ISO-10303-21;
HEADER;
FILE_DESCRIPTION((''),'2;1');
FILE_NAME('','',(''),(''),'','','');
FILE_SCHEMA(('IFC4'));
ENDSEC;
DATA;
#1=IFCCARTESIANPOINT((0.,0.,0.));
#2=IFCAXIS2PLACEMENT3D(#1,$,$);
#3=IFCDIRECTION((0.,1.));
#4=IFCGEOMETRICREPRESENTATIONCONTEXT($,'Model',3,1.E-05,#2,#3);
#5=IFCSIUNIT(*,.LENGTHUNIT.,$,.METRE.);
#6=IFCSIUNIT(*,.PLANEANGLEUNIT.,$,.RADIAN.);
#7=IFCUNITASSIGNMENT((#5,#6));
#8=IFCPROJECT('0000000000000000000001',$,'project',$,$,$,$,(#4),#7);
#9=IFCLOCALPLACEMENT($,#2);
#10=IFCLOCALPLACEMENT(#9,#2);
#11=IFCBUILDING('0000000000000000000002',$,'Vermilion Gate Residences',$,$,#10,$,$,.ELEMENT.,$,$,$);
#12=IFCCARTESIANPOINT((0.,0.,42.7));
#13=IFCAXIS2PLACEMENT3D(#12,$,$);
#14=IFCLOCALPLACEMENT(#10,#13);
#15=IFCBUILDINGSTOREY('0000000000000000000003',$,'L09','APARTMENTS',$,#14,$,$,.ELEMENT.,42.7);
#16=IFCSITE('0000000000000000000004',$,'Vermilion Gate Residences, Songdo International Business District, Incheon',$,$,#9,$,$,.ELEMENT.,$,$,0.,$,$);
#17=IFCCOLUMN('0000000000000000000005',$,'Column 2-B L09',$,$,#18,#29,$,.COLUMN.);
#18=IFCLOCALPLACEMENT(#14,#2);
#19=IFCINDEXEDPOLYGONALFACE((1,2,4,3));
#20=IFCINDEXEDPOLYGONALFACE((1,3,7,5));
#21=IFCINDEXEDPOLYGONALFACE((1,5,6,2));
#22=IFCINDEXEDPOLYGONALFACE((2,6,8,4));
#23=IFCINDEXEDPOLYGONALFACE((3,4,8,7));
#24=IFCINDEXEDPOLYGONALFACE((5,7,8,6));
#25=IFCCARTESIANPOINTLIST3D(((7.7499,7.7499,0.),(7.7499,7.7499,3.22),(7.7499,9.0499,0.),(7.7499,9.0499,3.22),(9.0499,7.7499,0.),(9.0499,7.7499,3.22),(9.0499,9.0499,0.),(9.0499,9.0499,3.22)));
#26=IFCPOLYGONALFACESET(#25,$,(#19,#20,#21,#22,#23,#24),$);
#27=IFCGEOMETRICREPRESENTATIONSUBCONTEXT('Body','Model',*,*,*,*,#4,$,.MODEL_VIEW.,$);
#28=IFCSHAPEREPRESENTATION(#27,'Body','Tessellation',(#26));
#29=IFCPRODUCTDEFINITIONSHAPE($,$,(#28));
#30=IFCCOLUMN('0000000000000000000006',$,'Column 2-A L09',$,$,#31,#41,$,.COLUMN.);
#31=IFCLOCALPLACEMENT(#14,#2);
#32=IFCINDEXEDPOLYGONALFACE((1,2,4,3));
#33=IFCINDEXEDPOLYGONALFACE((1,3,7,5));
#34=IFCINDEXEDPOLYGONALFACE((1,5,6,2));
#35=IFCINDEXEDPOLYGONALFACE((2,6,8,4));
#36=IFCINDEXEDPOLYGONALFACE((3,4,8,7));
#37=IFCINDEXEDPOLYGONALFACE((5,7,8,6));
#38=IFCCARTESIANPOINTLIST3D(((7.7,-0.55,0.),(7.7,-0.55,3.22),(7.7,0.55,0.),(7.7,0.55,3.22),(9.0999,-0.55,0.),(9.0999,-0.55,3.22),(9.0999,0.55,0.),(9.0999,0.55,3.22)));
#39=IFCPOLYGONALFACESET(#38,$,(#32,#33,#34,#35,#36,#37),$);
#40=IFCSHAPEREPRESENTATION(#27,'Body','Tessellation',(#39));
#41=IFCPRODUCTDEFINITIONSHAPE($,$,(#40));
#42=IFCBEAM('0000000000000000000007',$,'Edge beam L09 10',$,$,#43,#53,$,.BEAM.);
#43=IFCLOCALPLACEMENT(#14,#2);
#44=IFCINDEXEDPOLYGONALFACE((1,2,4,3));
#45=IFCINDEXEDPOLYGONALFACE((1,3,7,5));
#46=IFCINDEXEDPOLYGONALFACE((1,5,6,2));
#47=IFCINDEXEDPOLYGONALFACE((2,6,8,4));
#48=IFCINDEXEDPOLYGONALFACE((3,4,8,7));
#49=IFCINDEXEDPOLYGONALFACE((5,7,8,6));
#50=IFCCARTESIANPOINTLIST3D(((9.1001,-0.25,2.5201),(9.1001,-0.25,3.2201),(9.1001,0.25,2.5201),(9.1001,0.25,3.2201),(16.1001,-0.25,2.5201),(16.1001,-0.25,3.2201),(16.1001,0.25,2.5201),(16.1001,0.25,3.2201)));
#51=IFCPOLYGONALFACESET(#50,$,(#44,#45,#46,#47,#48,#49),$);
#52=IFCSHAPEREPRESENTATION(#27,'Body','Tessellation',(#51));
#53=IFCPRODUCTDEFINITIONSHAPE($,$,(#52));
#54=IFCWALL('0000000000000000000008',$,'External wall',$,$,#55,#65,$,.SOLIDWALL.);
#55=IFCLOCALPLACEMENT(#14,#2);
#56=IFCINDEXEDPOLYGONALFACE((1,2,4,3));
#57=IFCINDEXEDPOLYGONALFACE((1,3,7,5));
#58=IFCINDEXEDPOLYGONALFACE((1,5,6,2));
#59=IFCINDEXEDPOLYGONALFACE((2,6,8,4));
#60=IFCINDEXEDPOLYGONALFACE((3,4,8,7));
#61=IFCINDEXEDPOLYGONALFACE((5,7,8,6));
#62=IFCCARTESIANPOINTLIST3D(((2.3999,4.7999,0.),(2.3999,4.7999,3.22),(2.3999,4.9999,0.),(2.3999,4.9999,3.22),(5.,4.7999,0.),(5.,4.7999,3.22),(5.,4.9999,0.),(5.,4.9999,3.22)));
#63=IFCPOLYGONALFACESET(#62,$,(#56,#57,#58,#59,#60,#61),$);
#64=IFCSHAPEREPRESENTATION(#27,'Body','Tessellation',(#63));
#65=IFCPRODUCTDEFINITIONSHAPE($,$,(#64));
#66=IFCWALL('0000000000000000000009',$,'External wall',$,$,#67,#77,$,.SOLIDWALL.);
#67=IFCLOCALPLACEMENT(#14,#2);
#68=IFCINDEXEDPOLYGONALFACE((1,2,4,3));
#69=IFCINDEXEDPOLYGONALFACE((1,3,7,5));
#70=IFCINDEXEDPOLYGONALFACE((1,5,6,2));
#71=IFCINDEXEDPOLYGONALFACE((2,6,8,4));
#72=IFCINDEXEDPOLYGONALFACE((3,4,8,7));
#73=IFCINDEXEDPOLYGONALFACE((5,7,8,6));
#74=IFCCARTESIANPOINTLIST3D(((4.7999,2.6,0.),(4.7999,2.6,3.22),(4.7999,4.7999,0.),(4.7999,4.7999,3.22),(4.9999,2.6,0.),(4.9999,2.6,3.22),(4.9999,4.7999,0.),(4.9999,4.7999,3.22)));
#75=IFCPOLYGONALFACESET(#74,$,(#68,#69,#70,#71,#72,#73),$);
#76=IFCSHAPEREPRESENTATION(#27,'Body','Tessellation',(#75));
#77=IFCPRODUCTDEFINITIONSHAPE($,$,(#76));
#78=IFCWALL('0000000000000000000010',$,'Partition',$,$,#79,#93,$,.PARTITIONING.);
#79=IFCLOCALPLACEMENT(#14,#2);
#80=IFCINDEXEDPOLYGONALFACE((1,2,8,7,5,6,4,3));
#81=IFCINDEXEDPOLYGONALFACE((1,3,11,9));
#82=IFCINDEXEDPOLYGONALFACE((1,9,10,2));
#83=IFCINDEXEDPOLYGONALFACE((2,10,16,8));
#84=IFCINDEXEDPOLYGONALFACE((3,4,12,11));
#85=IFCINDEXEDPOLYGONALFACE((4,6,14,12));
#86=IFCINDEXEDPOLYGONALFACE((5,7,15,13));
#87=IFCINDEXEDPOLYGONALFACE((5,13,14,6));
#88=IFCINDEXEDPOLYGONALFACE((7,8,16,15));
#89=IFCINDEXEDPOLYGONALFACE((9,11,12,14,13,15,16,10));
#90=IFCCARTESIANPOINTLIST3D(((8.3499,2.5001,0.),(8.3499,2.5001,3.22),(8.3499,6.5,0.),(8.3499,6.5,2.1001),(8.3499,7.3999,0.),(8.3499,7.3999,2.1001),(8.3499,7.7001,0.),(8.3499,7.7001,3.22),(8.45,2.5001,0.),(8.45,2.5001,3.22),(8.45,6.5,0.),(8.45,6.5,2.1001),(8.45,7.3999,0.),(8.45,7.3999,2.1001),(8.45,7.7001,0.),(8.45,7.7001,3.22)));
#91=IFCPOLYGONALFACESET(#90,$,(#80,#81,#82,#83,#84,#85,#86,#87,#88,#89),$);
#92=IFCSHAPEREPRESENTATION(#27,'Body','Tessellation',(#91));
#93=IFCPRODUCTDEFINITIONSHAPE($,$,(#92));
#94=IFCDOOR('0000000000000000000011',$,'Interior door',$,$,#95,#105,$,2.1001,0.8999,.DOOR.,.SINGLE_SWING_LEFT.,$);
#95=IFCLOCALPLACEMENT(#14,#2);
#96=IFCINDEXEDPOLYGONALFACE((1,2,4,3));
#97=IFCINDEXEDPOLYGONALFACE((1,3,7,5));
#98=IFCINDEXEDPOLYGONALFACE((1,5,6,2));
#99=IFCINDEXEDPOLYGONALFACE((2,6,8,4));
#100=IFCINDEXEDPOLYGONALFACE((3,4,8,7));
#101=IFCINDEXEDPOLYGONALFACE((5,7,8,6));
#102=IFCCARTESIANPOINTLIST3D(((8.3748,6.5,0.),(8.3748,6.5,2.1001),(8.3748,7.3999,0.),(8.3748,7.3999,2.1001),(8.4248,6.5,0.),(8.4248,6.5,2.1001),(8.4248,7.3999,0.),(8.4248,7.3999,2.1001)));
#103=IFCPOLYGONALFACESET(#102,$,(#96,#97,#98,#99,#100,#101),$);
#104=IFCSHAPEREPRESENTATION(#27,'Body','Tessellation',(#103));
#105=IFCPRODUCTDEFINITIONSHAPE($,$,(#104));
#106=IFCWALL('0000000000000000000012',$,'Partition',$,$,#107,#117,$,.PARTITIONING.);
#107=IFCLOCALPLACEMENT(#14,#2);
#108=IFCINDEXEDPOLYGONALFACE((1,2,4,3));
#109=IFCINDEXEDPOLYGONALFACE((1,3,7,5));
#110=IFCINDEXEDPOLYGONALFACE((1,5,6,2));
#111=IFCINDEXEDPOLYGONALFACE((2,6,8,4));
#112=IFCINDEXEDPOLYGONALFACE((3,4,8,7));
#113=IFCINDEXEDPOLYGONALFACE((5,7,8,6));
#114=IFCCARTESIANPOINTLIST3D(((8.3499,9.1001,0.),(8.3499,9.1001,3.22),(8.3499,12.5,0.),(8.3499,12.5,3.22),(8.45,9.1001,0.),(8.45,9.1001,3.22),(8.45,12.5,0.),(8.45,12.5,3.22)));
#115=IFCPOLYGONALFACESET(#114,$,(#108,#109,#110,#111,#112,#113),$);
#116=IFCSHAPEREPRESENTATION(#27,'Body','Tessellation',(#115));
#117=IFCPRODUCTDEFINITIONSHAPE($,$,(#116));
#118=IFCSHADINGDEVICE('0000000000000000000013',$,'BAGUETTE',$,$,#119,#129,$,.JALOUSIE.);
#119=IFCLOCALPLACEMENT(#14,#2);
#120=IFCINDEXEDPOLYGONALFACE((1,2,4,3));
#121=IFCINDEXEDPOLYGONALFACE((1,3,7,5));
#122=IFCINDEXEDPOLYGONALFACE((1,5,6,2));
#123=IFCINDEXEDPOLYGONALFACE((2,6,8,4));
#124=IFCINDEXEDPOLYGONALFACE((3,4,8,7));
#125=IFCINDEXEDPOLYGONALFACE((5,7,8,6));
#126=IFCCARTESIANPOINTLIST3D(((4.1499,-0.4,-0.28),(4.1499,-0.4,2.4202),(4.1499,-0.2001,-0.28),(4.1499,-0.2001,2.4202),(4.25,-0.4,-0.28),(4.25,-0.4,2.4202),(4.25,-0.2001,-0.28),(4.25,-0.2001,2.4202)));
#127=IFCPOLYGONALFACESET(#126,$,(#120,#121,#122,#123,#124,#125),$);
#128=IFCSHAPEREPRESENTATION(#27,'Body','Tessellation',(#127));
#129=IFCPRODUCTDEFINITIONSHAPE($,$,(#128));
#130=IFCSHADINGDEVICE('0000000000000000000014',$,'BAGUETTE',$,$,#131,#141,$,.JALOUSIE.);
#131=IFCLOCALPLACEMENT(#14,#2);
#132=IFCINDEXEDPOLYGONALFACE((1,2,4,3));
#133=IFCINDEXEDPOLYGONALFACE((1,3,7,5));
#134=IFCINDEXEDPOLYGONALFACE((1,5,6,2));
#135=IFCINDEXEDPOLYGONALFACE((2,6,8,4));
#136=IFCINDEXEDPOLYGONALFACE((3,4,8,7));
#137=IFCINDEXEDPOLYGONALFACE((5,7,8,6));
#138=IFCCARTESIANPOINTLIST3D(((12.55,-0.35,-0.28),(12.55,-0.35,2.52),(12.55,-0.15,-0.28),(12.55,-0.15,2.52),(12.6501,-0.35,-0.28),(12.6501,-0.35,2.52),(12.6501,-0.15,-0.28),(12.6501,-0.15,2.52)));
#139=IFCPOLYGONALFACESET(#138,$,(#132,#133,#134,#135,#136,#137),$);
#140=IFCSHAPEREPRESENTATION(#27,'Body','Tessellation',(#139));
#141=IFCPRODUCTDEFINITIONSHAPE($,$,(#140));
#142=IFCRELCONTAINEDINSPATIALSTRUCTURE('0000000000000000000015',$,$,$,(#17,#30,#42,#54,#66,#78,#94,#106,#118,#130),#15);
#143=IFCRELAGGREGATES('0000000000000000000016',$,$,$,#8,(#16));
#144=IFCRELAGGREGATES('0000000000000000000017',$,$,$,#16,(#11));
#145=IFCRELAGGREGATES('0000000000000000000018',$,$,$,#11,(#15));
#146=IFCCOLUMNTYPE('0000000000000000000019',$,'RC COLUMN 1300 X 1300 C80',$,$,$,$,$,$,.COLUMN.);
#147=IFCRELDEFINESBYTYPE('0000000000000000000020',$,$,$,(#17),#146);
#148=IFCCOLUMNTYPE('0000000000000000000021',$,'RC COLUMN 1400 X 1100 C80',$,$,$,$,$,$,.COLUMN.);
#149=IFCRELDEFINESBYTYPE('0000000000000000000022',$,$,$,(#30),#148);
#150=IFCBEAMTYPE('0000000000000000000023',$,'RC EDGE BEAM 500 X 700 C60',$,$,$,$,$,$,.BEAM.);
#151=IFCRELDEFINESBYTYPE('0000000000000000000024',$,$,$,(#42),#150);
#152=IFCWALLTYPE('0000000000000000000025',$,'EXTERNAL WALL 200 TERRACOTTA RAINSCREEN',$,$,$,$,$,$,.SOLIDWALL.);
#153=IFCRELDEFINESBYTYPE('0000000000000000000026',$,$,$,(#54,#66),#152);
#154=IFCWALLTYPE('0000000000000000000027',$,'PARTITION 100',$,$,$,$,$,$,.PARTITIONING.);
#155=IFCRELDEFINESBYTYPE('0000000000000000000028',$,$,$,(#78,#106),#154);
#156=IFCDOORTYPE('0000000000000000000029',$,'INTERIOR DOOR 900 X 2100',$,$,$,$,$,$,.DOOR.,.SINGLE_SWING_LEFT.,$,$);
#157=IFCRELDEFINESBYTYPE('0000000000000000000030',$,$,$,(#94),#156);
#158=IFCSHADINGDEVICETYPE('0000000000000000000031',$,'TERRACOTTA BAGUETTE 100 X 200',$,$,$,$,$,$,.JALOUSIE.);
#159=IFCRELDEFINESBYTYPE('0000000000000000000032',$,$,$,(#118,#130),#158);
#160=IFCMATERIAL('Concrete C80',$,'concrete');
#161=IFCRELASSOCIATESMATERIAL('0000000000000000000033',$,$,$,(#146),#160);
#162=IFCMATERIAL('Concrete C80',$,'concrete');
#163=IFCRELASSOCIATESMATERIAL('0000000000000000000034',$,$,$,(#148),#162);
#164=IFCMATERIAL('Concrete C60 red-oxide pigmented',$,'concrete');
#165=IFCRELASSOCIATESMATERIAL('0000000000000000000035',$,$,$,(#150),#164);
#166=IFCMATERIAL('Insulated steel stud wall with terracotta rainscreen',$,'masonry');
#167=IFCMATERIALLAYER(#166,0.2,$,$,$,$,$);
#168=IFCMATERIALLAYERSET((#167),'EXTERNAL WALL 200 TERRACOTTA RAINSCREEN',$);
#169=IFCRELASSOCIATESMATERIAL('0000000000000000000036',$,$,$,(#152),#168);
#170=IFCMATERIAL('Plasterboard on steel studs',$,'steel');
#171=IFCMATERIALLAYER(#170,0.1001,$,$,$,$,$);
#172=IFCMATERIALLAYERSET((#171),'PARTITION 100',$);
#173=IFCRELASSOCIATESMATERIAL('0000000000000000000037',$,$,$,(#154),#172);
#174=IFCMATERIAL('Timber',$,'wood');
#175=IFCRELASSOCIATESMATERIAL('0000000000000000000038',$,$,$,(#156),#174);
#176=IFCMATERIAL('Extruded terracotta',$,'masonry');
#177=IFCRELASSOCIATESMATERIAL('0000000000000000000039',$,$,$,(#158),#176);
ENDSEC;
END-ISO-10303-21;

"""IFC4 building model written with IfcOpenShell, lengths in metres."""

from ifc_helpers import new_model, si_unit, direction, frame, frame_2d, origin, origin_2d, place, context, subcontext, project, spatial, rectangle, extrude, material, layer, layer_set, material_profile, profile_set, type_object, element, fill, save


model = new_model("IFC4")

# Units and contexts
model_context = context("Model", 3, precision=1e-05, world=origin(), true_north=direction((0.0, 1.0)))
body_context = subcontext(model_context, "Body", "Model", "MODEL_VIEW")
ifc_project = project(units=[si_unit("LENGTHUNIT", "METRE"), si_unit("PLANEANGLEUNIT", "RADIAN")], contexts=[model_context])

# Site, building, storey
site_placement = place(None, origin())
site = spatial("IfcSite", under=ifc_project, at=site_placement, Name="Vermilion Gate Residences, Songdo International Business District, Incheon", CompositionType="ELEMENT", RefElevation=0.0)
building_placement = place(site_placement, origin())
building = spatial("IfcBuilding", under=site, at=building_placement, Name="Vermilion Gate Residences", CompositionType="ELEMENT")
storey_placement = place(building_placement, frame((0.0, 0.0, 42.7)))
storey = spatial("IfcBuildingStorey", under=building, at=storey_placement, Name="L09", Description="APARTMENTS", CompositionType="ELEMENT", Elevation=42.7)

# Columns
ifc_material_1 = material(Name="Concrete C80", Category="concrete")
ifc_material_profile_1 = material_profile(ifc_material_1, rectangle(XDim=1.3, YDim=1.3, at=origin_2d()), Name="RC-1300x1300")
ifc_profile_set_1 = profile_set([ifc_material_profile_1], Name="Concrete C80")
column_type_1 = type_object("IfcColumnType", Name="RC COLUMN 1300 X 1300 C80", PredefinedType="COLUMN", material=ifc_profile_set_1)
column_1_placement = place(storey_placement, frame((8.3999, 8.3999, 0.0), z_axis=(0.0, 0.0, 1.0), x_axis=(1.0, 0.0, 0.0)))
element("IfcColumn", 1, at=column_1_placement, inside=storey, type_object=column_type_1, Name="Column 2-B L09", PredefinedType="COLUMN", context=body_context, shape_type="SweptSolid", body=[
    extrude(rectangle(XDim=1.3, YDim=1.3, at=origin_2d()), origin(), (0.0, 0.0, 1.0), 3.22),
])
ifc_material_2 = material(Name="Concrete C80", Category="concrete")
ifc_material_profile_2 = material_profile(ifc_material_2, rectangle(XDim=1.3999, YDim=1.1001, at=origin_2d()), Name="RC-1400x1100")
ifc_profile_set_2 = profile_set([ifc_material_profile_2], Name="Concrete C80")
column_type_2 = type_object("IfcColumnType", Name="RC COLUMN 1400 X 1100 C80", PredefinedType="COLUMN", material=ifc_profile_set_2)
column_2_placement = place(storey_placement, frame((8.3999, 0.0, 0.0), z_axis=(0.0, 0.0, 1.0), x_axis=(1.0, 0.0, 0.0)))
element("IfcColumn", 2, at=column_2_placement, inside=storey, type_object=column_type_2, Name="Column 2-A L09", PredefinedType="COLUMN", context=body_context, shape_type="SweptSolid", body=[
    extrude(rectangle(XDim=1.3999, YDim=1.1001, at=origin_2d()), origin(), (0.0, 0.0, 1.0), 3.22),
])

# Beam
ifc_material_3 = material(Name="Concrete C60 red-oxide pigmented", Category="concrete")
ifc_material_profile_3 = material_profile(ifc_material_3, rectangle(XDim=0.5, YDim=0.7, at=origin_2d()), Name="RC-500x700")
ifc_profile_set_3 = profile_set([ifc_material_profile_3], Name="Concrete C60 red-oxide pigmented")
beam_type = type_object("IfcBeamType", Name="RC EDGE BEAM 500 X 700 C60", PredefinedType="BEAM", material=ifc_profile_set_3)
beam_placement = place(storey_placement, frame((9.1001, 0.0, 2.8701), z_axis=(1.0, 0.0, 0.0), x_axis=(0.0, 1.0, 0.0)))
element("IfcBeam", 3, at=beam_placement, inside=storey, type_object=beam_type, Name="Edge beam L09 10", PredefinedType="BEAM", context=body_context, shape_type="SweptSolid", body=[
    extrude(rectangle(XDim=0.5, YDim=0.7, at=origin_2d()), origin(), (0.0, 0.0, 1.0), 7.0),
])

# Walls
ifc_material_4 = material(Name="Insulated steel stud wall with terracotta rainscreen", Category="masonry")
ifc_layer_1 = layer(ifc_material_4, 0.2)
ifc_layer_set_1 = layer_set([ifc_layer_1], Name="EXTERNAL WALL 200 TERRACOTTA RAINSCREEN")
wall_type_1 = type_object("IfcWallType", Name="EXTERNAL WALL 200 TERRACOTTA RAINSCREEN", PredefinedType="SOLIDWALL", material=ifc_layer_set_1)
wall_1_placement = place(storey_placement, frame((2.3999, 4.8999, 0.0), z_axis=(0.0, 0.0, 1.0), x_axis=(1.0, 0.0, 0.0)))
element("IfcWall", 4, at=wall_1_placement, inside=storey, type_object=wall_type_1, Name="External wall", PredefinedType="SOLIDWALL", context=body_context, shape_type="SweptSolid", body=[
    extrude(rectangle(XDim=2.6001, YDim=0.2, at=frame_2d((1.3, 0.0))), origin(), (0.0, 0.0, 1.0), 3.22),
])
wall_2_placement = place(storey_placement, frame((4.8999, 4.8, 0.0), z_axis=(0.0, 0.0, 1.0), x_axis=(0.0, -1.0, 0.0)))
element("IfcWall", 5, at=wall_2_placement, inside=storey, type_object=wall_type_1, Name="External wall", PredefinedType="SOLIDWALL", context=body_context, shape_type="SweptSolid", body=[
    extrude(rectangle(XDim=2.2, YDim=0.2, at=frame_2d((1.1001, 0.0))), origin(), (0.0, 0.0, 1.0), 3.22),
])

# Wall, opening, door
ifc_material_5 = material(Name="Plasterboard on steel studs", Category="steel")
ifc_layer_2 = layer(ifc_material_5, 0.1001)
ifc_layer_set_2 = layer_set([ifc_layer_2], Name="PARTITION 100")
wall_type_2 = type_object("IfcWallType", Name="PARTITION 100", PredefinedType="PARTITIONING", material=ifc_layer_set_2)
wall_3_placement = place(storey_placement, frame((8.3999, 2.5, 0.0), z_axis=(0.0, 0.0, 1.0), x_axis=(0.0, 1.0, 0.0)))
wall_3 = element("IfcWall", 6, at=wall_3_placement, inside=storey, type_object=wall_type_2, Name="Partition", PredefinedType="PARTITIONING", context=body_context, shape_type="SweptSolid", body=[
    extrude(rectangle(XDim=5.2, YDim=0.1001, at=frame_2d((2.6001, 0.0))), origin(), (0.0, 0.0, 1.0), 3.22),
])
opening_1_placement = place(wall_3_placement, frame((4.0, 0.0, 0.0)))
opening_1 = element("IfcOpeningElement", 7, at=opening_1_placement, cuts=wall_3, PredefinedType="OPENING", context=body_context, shape_type="SweptSolid", body=[
    extrude(rectangle(XDim=0.8999, YDim=2.1001, at=frame_2d((0.45, 1.05))), frame((0.0, 0.0601, 0.0), z_axis=(0.0, -1.0, 0.0), x_axis=(1.0, 0.0, 0.0)), (0.0, 0.0, 1.0), 0.1201),
])
ifc_material_6 = material(Name="Timber", Category="wood")
door_type_1 = type_object("IfcDoorType", Name="INTERIOR DOOR 900 X 2100", OperationType="SINGLE_SWING_LEFT", PredefinedType="DOOR", material=ifc_material_6)
door_1_placement = place(opening_1_placement, frame((0.8999, 0.0, 0.0), z_axis=(0.0, 0.0, 1.0), x_axis=(-1.0, 0.0, 0.0)))
door_1 = element("IfcDoor", 8, at=door_1_placement, inside=storey, type_object=door_type_1, Name="Interior door", OperationType="SINGLE_SWING_LEFT", OverallHeight=2.1001, OverallWidth=0.8999, PredefinedType="DOOR", context=body_context, shape_type="SweptSolid", body=[
    extrude(rectangle(XDim=0.8999, YDim=2.1001, at=frame_2d((0.45, 1.05))), frame((0.0, 0.0249, 0.0), z_axis=(0.0, -1.0, 0.0), x_axis=(1.0, 0.0, 0.0)), (0.0, 0.0, 1.0), 0.05),
])
fill(opening_1, door_1)

# Wall
wall_4_placement = place(storey_placement, frame((8.3999, 9.1001, 0.0), z_axis=(0.0, 0.0, 1.0), x_axis=(0.0, 1.0, 0.0)))
element("IfcWall", 9, at=wall_4_placement, inside=storey, type_object=wall_type_2, Name="Partition", PredefinedType="PARTITIONING", context=body_context, shape_type="SweptSolid", body=[
    extrude(rectangle(XDim=3.3999, YDim=0.1001, at=frame_2d((1.7, 0.0))), origin(), (0.0, 0.0, 1.0), 3.22),
])

# Shading devices
ifc_material_7 = material(Name="Extruded terracotta", Category="masonry")
ifc_material_profile_4 = material_profile(ifc_material_7, rectangle(XDim=0.2, YDim=0.1001, at=origin_2d()), Name="BAGUETTE 100 X 200")
ifc_profile_set_4 = profile_set([ifc_material_profile_4], Name="Extruded terracotta")
shading_device_type = type_object("IfcShadingDeviceType", Name="TERRACOTTA BAGUETTE 100 X 200", PredefinedType="JALOUSIE", material=ifc_profile_set_4)
shading_device_1_placement = place(storey_placement, frame((4.2, -0.3, -0.28), z_axis=(0.0, 0.0, 1.0), x_axis=(0.0, 1.0, 0.0)))
element("IfcShadingDevice", 10, at=shading_device_1_placement, inside=storey, type_object=shading_device_type, Name="BAGUETTE", PredefinedType="JALOUSIE", context=body_context, shape_type="SweptSolid", body=[
    extrude(rectangle(XDim=0.2, YDim=0.1001, at=origin_2d()), origin(), (0.0, 0.0, 1.0), 2.7002),
])
shading_device_2_placement = place(storey_placement, frame((12.6001, -0.25, -0.28), z_axis=(0.0, 0.0, 1.0), x_axis=(0.0, 1.0, 0.0)))
element("IfcShadingDevice", 11, at=shading_device_2_placement, inside=storey, type_object=shading_device_type, Name="BAGUETTE", PredefinedType="JALOUSIE", context=body_context, shape_type="SweptSolid", body=[
    extrude(rectangle(XDim=0.2, YDim=0.1001, at=origin_2d()), origin(), (0.0, 0.0, 1.0), 2.8),
])

save(model, "model.ifc")
